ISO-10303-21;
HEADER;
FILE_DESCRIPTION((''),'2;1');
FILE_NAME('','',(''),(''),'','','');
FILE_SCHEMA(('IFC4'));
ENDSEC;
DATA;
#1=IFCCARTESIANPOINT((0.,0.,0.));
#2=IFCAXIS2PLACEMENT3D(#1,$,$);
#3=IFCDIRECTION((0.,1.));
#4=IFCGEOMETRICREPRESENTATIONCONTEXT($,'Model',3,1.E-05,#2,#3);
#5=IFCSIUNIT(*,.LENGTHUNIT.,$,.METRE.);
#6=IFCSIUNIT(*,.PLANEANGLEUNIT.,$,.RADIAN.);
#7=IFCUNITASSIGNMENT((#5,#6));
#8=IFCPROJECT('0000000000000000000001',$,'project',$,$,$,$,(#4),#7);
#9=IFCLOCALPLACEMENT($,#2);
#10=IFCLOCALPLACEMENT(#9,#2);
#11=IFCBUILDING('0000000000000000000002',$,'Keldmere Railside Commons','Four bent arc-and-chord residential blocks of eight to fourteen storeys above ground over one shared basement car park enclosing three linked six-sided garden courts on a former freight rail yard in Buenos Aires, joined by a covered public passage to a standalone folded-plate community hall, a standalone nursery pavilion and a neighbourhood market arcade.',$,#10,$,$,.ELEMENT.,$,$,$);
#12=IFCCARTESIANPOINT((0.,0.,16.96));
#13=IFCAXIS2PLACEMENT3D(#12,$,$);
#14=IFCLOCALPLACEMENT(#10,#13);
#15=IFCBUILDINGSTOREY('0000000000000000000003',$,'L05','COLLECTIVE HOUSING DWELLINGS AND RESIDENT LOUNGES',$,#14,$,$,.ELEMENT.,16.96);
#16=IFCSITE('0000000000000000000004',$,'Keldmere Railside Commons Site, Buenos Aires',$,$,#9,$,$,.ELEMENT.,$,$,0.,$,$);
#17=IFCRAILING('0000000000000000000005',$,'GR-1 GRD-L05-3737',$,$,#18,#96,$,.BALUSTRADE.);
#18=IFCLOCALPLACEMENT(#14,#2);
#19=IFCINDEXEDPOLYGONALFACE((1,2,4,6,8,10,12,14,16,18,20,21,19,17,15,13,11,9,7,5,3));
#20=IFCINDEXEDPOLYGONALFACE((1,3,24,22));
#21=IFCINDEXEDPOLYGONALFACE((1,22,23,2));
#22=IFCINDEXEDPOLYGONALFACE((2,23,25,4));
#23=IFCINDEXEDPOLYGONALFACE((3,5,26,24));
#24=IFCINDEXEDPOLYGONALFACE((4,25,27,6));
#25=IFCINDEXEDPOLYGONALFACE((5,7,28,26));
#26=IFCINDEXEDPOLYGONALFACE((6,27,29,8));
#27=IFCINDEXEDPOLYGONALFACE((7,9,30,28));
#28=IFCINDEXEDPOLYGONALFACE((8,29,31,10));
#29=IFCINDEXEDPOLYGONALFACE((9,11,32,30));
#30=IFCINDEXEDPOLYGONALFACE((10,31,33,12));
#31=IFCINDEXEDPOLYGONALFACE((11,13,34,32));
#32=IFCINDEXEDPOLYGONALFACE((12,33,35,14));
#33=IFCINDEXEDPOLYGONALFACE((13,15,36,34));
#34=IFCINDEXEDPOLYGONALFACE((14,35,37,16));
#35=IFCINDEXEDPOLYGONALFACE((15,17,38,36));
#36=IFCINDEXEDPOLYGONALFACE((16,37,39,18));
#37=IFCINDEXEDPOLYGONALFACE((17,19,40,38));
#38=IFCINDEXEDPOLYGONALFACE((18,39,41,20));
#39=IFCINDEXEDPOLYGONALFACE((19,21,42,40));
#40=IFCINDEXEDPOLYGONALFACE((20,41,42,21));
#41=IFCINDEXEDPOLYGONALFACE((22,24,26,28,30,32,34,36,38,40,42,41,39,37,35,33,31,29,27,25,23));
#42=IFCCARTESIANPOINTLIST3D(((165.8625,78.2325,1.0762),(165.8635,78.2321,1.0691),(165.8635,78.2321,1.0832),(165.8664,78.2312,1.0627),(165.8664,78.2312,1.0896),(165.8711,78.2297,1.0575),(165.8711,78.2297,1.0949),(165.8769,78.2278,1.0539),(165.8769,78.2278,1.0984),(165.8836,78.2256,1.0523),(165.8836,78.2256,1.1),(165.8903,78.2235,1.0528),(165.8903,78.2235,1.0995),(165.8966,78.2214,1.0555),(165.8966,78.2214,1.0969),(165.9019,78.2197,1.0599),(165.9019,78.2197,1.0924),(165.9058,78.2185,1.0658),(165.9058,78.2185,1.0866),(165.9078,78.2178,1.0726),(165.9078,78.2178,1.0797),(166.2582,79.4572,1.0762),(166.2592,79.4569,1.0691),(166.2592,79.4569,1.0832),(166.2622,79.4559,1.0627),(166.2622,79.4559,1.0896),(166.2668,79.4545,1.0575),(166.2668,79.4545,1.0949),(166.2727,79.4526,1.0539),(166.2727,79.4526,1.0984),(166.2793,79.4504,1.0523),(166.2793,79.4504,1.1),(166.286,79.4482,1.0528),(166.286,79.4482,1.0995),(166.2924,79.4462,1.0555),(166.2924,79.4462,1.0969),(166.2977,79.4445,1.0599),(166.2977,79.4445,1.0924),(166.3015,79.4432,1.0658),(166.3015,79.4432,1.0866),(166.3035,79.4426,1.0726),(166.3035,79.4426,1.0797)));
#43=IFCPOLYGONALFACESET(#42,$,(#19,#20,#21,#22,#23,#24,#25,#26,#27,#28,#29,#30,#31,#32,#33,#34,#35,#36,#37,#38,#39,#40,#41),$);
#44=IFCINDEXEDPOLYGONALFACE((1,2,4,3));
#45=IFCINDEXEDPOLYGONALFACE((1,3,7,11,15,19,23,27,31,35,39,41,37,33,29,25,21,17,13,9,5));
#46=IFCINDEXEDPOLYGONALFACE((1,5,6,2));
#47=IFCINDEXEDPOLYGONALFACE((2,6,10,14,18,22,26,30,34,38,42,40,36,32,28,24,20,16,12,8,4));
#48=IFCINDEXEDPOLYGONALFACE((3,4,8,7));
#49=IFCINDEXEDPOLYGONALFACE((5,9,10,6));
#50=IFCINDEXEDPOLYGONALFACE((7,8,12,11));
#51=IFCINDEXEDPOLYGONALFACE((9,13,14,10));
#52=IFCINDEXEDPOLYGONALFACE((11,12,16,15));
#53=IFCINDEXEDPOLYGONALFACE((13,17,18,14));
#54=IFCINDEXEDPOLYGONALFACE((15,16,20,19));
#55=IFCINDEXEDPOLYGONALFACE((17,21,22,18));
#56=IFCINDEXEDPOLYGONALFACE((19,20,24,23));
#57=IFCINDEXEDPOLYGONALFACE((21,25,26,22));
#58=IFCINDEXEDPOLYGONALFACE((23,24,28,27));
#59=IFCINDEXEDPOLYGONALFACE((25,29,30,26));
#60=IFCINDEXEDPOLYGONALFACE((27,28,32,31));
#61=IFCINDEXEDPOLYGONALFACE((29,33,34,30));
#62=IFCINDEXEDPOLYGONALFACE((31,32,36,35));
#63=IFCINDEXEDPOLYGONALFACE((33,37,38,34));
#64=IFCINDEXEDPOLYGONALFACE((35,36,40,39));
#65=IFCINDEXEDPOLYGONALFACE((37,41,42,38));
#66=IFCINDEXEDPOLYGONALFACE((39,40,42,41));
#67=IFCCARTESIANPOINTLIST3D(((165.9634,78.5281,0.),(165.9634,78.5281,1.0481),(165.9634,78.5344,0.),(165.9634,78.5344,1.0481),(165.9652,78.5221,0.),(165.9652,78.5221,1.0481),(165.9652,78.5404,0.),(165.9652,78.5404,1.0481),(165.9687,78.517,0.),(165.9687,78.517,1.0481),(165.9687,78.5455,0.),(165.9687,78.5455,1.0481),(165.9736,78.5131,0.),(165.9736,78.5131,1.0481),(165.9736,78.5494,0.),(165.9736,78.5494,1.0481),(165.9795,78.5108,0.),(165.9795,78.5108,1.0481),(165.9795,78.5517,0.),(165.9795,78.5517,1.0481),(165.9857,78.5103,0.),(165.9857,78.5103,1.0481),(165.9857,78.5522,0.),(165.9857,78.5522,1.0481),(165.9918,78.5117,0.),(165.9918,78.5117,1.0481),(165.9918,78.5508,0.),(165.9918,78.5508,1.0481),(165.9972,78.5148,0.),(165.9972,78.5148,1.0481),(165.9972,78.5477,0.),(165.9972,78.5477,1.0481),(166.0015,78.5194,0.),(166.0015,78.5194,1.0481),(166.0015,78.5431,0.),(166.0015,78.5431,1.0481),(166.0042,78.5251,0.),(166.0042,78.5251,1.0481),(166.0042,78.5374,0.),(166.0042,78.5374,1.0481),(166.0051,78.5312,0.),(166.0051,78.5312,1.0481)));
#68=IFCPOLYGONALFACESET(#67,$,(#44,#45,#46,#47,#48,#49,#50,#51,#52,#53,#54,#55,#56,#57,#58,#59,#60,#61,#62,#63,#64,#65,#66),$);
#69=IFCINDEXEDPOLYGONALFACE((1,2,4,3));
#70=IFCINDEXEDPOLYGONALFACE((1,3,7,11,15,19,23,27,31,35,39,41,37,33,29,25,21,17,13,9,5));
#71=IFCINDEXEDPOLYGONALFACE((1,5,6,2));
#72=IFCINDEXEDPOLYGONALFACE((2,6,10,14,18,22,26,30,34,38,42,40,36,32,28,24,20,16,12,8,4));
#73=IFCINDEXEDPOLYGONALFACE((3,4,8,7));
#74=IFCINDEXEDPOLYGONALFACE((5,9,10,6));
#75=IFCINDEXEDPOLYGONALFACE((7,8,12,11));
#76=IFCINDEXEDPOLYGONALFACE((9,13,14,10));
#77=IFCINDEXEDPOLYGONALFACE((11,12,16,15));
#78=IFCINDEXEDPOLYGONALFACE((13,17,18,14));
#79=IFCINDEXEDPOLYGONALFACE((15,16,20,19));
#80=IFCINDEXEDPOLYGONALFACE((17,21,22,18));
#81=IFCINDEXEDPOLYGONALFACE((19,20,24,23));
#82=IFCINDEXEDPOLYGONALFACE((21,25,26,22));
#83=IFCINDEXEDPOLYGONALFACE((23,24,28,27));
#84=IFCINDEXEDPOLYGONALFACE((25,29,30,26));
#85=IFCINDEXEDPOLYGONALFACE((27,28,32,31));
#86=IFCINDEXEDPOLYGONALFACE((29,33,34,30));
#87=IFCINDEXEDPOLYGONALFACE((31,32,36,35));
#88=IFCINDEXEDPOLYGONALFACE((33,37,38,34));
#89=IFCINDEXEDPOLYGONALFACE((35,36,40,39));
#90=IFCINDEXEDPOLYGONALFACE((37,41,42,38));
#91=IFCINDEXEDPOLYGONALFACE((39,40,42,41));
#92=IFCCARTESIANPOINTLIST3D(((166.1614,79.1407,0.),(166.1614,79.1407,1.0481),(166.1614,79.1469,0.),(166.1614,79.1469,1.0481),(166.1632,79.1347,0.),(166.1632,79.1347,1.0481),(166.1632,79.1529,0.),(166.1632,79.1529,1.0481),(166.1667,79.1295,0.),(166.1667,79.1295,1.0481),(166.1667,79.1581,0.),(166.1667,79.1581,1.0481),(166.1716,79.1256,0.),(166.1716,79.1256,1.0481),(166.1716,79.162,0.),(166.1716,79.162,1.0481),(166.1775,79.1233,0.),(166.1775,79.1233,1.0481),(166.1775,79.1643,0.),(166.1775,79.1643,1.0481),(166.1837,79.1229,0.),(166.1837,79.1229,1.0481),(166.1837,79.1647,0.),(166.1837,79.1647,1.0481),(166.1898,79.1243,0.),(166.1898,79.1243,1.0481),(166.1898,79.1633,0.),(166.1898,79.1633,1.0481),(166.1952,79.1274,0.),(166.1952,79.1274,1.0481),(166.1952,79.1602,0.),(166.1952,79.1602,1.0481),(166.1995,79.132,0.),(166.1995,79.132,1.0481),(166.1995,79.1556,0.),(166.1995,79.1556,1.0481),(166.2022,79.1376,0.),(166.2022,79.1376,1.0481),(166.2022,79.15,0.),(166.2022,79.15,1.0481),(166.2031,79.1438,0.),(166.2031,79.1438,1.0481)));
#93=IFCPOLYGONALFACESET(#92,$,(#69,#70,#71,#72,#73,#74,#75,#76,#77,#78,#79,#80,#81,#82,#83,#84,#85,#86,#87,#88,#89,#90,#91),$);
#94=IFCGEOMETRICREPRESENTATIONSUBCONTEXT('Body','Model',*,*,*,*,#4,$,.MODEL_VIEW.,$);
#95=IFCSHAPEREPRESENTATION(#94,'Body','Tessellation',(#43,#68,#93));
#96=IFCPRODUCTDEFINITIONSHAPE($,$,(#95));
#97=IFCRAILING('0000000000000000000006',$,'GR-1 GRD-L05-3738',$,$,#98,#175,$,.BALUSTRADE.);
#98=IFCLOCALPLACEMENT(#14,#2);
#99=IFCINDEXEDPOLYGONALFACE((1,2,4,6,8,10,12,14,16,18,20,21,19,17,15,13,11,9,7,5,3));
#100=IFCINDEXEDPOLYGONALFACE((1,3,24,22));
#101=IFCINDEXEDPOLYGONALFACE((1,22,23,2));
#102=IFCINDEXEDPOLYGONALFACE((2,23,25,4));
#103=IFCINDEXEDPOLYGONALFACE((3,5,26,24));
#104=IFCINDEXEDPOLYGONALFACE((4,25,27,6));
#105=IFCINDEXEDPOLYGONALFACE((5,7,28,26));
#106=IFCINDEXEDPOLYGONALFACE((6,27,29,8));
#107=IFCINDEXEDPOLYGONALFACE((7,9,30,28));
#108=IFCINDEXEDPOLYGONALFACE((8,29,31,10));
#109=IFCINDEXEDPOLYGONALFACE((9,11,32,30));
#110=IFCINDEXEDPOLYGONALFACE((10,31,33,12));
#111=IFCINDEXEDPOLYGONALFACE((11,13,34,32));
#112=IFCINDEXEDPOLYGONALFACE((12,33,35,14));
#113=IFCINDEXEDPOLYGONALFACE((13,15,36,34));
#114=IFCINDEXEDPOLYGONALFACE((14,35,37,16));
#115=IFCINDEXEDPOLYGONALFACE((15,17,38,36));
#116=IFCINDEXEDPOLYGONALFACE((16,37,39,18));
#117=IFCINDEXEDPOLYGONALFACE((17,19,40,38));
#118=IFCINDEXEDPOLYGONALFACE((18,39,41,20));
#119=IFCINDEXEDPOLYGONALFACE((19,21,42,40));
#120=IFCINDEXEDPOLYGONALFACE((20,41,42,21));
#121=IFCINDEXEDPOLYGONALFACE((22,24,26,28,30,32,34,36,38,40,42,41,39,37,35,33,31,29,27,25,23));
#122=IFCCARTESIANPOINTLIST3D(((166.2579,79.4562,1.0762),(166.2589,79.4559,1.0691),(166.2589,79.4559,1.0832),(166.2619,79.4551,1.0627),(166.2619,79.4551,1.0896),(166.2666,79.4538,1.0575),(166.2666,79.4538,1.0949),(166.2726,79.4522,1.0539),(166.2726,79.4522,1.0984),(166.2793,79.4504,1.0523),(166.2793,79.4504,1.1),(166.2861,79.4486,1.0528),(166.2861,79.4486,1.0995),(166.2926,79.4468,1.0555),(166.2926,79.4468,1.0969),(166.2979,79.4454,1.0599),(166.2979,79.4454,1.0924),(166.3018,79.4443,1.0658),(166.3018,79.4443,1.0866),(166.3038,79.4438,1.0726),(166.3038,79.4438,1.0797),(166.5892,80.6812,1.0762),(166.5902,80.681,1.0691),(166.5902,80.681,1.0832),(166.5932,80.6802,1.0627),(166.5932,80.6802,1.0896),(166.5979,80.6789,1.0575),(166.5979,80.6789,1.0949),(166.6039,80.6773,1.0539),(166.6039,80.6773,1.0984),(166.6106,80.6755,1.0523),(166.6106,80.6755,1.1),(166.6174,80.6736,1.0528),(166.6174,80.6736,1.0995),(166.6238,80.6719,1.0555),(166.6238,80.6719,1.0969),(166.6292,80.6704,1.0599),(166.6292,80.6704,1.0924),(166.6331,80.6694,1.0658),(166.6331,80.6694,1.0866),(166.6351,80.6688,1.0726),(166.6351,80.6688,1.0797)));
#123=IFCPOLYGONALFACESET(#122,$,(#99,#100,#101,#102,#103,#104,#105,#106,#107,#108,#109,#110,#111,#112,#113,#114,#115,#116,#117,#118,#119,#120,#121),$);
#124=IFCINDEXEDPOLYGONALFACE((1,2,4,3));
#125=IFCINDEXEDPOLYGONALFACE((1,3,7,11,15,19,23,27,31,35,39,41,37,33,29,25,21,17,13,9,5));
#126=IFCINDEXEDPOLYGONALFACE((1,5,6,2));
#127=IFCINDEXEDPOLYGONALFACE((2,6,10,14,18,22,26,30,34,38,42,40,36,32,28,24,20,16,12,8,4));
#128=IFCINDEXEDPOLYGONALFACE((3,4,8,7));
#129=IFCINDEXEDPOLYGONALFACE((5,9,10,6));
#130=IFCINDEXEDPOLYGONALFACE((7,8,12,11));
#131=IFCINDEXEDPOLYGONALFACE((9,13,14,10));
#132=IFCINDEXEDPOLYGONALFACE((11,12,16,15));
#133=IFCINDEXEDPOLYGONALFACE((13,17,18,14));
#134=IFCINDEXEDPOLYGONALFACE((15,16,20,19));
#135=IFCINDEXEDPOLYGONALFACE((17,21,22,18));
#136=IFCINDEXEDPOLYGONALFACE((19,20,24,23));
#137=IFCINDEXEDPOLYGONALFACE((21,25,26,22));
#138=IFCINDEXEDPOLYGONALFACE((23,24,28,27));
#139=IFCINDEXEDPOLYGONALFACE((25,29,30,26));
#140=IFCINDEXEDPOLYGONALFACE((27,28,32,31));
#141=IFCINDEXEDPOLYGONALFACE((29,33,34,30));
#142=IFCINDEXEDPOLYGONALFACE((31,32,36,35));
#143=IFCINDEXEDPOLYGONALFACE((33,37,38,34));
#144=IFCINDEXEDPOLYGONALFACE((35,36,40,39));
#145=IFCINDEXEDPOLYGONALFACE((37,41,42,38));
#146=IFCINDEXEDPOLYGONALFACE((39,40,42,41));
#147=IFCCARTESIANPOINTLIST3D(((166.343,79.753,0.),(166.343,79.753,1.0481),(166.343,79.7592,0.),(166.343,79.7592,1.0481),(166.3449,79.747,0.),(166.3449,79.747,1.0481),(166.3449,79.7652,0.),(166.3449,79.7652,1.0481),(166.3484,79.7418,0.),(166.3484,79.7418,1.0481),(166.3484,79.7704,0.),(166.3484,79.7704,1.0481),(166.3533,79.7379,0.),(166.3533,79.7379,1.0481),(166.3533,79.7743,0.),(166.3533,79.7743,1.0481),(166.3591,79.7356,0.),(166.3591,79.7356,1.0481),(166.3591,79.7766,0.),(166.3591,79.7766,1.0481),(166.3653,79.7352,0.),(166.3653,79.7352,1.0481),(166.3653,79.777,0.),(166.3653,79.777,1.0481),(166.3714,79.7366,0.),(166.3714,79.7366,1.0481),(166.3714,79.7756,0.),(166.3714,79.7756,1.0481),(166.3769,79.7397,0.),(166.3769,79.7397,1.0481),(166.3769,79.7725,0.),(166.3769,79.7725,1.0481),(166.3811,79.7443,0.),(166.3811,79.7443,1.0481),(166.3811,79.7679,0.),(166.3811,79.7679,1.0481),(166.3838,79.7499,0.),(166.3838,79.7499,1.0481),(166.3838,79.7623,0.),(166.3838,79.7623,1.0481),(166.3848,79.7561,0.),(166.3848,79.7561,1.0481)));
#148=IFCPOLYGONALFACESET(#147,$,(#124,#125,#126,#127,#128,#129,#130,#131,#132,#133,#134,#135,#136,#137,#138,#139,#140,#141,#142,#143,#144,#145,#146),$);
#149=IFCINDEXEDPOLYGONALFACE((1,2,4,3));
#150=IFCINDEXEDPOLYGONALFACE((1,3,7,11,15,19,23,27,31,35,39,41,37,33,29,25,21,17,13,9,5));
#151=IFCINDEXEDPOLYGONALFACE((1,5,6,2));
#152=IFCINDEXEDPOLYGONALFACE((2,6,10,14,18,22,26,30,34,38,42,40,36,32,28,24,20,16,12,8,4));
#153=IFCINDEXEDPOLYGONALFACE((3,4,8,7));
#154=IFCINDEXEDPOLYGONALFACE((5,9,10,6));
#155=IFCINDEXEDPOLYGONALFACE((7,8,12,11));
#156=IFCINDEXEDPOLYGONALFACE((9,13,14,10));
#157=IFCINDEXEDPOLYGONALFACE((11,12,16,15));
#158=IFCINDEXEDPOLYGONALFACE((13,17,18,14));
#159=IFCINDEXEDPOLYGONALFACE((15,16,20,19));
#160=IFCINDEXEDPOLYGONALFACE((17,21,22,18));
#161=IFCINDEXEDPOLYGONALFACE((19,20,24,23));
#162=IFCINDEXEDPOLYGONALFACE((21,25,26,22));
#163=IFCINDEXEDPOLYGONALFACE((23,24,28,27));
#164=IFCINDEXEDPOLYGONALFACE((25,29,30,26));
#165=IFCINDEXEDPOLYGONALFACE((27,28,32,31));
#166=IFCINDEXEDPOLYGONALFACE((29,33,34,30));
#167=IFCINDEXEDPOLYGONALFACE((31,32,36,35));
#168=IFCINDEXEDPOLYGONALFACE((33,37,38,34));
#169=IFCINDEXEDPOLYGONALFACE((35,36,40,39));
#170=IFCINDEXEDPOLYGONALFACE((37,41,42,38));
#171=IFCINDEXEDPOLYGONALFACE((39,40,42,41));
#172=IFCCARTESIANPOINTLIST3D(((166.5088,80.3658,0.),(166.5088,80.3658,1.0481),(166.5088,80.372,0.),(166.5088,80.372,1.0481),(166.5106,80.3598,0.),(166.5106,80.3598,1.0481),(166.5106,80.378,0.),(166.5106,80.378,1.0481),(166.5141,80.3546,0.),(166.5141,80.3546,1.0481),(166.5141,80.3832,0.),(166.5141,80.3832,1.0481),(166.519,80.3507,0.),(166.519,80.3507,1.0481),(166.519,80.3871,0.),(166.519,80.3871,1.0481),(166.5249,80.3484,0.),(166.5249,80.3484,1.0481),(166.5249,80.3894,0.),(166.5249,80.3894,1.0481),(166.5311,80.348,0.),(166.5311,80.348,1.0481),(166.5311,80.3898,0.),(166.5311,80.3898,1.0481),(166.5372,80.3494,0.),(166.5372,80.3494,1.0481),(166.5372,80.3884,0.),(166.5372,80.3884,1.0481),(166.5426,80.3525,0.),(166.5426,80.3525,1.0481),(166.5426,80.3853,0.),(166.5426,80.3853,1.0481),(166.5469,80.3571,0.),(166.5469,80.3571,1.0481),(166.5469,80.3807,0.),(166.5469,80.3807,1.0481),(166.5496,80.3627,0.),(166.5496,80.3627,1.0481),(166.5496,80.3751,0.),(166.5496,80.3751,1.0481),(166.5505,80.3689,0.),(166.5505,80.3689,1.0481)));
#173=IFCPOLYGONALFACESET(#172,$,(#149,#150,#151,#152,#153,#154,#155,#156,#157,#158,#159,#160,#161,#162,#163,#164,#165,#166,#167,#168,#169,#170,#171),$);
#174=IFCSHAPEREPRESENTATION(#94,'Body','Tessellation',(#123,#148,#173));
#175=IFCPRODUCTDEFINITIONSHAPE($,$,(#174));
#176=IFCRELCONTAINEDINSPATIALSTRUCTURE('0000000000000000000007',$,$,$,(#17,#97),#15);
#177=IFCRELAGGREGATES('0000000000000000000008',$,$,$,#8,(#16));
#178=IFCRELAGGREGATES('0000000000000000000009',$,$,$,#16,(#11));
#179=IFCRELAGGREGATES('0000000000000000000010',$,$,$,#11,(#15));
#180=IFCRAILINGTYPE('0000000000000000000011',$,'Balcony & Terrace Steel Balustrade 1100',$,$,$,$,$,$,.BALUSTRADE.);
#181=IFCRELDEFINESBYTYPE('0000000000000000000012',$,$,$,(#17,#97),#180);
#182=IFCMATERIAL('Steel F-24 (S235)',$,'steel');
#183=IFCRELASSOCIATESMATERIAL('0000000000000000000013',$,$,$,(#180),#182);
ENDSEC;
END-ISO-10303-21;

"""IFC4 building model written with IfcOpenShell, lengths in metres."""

from ifc_helpers import new_model, si_unit, direction, frame, origin, origin_2d, place, context, subcontext, project, spatial, circle, extrude, material, type_object, element, save


model = new_model("IFC4")

# Units and contexts
model_context = context("Model", 3, precision=1e-05, world=origin(), true_north=direction((0.0, 1.0)))
body_context = subcontext(model_context, "Body", "Model", "MODEL_VIEW")
ifc_project = project(units=[si_unit("LENGTHUNIT", "METRE"), si_unit("PLANEANGLEUNIT", "RADIAN")], contexts=[model_context])

# Site, building, storey
site_placement = place(None, origin())
site = spatial("IfcSite", under=ifc_project, at=site_placement, Name="Keldmere Railside Commons Site, Buenos Aires", CompositionType="ELEMENT", RefElevation=0.0)
building_placement = place(site_placement, origin())
building = spatial("IfcBuilding", under=site, at=building_placement, Name="Keldmere Railside Commons", Description="Four bent arc-and-chord residential blocks of eight to fourteen storeys above ground over one shared basement car park enclosing three linked six-sided garden courts on a former freight rail yard in Buenos Aires, joined by a covered public passage to a standalone folded-plate community hall, a standalone nursery pavilion and a neighbourhood market arcade.", CompositionType="ELEMENT")
storey_placement = place(building_placement, frame((0.0, 0.0, 16.96)))
storey = spatial("IfcBuildingStorey", under=building, at=storey_placement, Name="L05", Description="COLLECTIVE HOUSING DWELLINGS AND RESIDENT LOUNGES", CompositionType="ELEMENT", Elevation=16.96)

# Railings
ifc_material_1 = material(Name="Steel F-24 (S235)", Category="steel")
railing_type = type_object("IfcRailingType", Name="Balcony & Terrace Steel Balustrade 1100", PredefinedType="BALUSTRADE", material=ifc_material_1)
railing_1_placement = place(storey_placement, frame((165.8853, 78.2251, 0.0)))
element("IfcRailing", 1, at=railing_1_placement, inside=storey, type_object=railing_type, Name="GR-1 GRD-L05-3737", PredefinedType="BALUSTRADE", context=body_context, shape_type="SweptSolid", body=[
    extrude(circle(Radius=0.0239, at=origin_2d()), frame((0.0, 0.0, 1.0762), z_axis=(0.307452, 0.951564, 0.0), x_axis=(-0.951564, 0.307452, 0.0)), (0.0, 0.0, 1.0), 1.2871),
    extrude(circle(Radius=0.021, at=origin_2d()), frame((0.0989, 0.3062, 0.0)), (0.0, 0.0, 1.0), 1.0481),
    extrude(circle(Radius=0.021, at=origin_2d()), frame((0.2969, 0.9187, 0.0)), (0.0, 0.0, 1.0), 1.0481),
])
railing_2_placement = place(storey_placement, frame((166.281, 79.45, 0.0)))
element("IfcRailing", 2, at=railing_2_placement, inside=storey, type_object=railing_type, Name="GR-1 GRD-L05-3738", PredefinedType="BALUSTRADE", context=body_context, shape_type="SweptSolid", body=[
    extrude(circle(Radius=0.0239, at=origin_2d()), frame((0.0, 0.0, 1.0762), z_axis=(0.26105, 0.965325, 0.0), x_axis=(-0.965325, 0.26105, 0.0)), (0.0, 0.0, 1.0), 1.269),
    extrude(circle(Radius=0.021, at=origin_2d()), frame((0.0828, 0.3062, 0.0)), (0.0, 0.0, 1.0), 1.0481),
    extrude(circle(Radius=0.021, at=origin_2d()), frame((0.2485, 0.9189, 0.0)), (0.0, 0.0, 1.0), 1.0481),
])

save(model, "model.ifc")
